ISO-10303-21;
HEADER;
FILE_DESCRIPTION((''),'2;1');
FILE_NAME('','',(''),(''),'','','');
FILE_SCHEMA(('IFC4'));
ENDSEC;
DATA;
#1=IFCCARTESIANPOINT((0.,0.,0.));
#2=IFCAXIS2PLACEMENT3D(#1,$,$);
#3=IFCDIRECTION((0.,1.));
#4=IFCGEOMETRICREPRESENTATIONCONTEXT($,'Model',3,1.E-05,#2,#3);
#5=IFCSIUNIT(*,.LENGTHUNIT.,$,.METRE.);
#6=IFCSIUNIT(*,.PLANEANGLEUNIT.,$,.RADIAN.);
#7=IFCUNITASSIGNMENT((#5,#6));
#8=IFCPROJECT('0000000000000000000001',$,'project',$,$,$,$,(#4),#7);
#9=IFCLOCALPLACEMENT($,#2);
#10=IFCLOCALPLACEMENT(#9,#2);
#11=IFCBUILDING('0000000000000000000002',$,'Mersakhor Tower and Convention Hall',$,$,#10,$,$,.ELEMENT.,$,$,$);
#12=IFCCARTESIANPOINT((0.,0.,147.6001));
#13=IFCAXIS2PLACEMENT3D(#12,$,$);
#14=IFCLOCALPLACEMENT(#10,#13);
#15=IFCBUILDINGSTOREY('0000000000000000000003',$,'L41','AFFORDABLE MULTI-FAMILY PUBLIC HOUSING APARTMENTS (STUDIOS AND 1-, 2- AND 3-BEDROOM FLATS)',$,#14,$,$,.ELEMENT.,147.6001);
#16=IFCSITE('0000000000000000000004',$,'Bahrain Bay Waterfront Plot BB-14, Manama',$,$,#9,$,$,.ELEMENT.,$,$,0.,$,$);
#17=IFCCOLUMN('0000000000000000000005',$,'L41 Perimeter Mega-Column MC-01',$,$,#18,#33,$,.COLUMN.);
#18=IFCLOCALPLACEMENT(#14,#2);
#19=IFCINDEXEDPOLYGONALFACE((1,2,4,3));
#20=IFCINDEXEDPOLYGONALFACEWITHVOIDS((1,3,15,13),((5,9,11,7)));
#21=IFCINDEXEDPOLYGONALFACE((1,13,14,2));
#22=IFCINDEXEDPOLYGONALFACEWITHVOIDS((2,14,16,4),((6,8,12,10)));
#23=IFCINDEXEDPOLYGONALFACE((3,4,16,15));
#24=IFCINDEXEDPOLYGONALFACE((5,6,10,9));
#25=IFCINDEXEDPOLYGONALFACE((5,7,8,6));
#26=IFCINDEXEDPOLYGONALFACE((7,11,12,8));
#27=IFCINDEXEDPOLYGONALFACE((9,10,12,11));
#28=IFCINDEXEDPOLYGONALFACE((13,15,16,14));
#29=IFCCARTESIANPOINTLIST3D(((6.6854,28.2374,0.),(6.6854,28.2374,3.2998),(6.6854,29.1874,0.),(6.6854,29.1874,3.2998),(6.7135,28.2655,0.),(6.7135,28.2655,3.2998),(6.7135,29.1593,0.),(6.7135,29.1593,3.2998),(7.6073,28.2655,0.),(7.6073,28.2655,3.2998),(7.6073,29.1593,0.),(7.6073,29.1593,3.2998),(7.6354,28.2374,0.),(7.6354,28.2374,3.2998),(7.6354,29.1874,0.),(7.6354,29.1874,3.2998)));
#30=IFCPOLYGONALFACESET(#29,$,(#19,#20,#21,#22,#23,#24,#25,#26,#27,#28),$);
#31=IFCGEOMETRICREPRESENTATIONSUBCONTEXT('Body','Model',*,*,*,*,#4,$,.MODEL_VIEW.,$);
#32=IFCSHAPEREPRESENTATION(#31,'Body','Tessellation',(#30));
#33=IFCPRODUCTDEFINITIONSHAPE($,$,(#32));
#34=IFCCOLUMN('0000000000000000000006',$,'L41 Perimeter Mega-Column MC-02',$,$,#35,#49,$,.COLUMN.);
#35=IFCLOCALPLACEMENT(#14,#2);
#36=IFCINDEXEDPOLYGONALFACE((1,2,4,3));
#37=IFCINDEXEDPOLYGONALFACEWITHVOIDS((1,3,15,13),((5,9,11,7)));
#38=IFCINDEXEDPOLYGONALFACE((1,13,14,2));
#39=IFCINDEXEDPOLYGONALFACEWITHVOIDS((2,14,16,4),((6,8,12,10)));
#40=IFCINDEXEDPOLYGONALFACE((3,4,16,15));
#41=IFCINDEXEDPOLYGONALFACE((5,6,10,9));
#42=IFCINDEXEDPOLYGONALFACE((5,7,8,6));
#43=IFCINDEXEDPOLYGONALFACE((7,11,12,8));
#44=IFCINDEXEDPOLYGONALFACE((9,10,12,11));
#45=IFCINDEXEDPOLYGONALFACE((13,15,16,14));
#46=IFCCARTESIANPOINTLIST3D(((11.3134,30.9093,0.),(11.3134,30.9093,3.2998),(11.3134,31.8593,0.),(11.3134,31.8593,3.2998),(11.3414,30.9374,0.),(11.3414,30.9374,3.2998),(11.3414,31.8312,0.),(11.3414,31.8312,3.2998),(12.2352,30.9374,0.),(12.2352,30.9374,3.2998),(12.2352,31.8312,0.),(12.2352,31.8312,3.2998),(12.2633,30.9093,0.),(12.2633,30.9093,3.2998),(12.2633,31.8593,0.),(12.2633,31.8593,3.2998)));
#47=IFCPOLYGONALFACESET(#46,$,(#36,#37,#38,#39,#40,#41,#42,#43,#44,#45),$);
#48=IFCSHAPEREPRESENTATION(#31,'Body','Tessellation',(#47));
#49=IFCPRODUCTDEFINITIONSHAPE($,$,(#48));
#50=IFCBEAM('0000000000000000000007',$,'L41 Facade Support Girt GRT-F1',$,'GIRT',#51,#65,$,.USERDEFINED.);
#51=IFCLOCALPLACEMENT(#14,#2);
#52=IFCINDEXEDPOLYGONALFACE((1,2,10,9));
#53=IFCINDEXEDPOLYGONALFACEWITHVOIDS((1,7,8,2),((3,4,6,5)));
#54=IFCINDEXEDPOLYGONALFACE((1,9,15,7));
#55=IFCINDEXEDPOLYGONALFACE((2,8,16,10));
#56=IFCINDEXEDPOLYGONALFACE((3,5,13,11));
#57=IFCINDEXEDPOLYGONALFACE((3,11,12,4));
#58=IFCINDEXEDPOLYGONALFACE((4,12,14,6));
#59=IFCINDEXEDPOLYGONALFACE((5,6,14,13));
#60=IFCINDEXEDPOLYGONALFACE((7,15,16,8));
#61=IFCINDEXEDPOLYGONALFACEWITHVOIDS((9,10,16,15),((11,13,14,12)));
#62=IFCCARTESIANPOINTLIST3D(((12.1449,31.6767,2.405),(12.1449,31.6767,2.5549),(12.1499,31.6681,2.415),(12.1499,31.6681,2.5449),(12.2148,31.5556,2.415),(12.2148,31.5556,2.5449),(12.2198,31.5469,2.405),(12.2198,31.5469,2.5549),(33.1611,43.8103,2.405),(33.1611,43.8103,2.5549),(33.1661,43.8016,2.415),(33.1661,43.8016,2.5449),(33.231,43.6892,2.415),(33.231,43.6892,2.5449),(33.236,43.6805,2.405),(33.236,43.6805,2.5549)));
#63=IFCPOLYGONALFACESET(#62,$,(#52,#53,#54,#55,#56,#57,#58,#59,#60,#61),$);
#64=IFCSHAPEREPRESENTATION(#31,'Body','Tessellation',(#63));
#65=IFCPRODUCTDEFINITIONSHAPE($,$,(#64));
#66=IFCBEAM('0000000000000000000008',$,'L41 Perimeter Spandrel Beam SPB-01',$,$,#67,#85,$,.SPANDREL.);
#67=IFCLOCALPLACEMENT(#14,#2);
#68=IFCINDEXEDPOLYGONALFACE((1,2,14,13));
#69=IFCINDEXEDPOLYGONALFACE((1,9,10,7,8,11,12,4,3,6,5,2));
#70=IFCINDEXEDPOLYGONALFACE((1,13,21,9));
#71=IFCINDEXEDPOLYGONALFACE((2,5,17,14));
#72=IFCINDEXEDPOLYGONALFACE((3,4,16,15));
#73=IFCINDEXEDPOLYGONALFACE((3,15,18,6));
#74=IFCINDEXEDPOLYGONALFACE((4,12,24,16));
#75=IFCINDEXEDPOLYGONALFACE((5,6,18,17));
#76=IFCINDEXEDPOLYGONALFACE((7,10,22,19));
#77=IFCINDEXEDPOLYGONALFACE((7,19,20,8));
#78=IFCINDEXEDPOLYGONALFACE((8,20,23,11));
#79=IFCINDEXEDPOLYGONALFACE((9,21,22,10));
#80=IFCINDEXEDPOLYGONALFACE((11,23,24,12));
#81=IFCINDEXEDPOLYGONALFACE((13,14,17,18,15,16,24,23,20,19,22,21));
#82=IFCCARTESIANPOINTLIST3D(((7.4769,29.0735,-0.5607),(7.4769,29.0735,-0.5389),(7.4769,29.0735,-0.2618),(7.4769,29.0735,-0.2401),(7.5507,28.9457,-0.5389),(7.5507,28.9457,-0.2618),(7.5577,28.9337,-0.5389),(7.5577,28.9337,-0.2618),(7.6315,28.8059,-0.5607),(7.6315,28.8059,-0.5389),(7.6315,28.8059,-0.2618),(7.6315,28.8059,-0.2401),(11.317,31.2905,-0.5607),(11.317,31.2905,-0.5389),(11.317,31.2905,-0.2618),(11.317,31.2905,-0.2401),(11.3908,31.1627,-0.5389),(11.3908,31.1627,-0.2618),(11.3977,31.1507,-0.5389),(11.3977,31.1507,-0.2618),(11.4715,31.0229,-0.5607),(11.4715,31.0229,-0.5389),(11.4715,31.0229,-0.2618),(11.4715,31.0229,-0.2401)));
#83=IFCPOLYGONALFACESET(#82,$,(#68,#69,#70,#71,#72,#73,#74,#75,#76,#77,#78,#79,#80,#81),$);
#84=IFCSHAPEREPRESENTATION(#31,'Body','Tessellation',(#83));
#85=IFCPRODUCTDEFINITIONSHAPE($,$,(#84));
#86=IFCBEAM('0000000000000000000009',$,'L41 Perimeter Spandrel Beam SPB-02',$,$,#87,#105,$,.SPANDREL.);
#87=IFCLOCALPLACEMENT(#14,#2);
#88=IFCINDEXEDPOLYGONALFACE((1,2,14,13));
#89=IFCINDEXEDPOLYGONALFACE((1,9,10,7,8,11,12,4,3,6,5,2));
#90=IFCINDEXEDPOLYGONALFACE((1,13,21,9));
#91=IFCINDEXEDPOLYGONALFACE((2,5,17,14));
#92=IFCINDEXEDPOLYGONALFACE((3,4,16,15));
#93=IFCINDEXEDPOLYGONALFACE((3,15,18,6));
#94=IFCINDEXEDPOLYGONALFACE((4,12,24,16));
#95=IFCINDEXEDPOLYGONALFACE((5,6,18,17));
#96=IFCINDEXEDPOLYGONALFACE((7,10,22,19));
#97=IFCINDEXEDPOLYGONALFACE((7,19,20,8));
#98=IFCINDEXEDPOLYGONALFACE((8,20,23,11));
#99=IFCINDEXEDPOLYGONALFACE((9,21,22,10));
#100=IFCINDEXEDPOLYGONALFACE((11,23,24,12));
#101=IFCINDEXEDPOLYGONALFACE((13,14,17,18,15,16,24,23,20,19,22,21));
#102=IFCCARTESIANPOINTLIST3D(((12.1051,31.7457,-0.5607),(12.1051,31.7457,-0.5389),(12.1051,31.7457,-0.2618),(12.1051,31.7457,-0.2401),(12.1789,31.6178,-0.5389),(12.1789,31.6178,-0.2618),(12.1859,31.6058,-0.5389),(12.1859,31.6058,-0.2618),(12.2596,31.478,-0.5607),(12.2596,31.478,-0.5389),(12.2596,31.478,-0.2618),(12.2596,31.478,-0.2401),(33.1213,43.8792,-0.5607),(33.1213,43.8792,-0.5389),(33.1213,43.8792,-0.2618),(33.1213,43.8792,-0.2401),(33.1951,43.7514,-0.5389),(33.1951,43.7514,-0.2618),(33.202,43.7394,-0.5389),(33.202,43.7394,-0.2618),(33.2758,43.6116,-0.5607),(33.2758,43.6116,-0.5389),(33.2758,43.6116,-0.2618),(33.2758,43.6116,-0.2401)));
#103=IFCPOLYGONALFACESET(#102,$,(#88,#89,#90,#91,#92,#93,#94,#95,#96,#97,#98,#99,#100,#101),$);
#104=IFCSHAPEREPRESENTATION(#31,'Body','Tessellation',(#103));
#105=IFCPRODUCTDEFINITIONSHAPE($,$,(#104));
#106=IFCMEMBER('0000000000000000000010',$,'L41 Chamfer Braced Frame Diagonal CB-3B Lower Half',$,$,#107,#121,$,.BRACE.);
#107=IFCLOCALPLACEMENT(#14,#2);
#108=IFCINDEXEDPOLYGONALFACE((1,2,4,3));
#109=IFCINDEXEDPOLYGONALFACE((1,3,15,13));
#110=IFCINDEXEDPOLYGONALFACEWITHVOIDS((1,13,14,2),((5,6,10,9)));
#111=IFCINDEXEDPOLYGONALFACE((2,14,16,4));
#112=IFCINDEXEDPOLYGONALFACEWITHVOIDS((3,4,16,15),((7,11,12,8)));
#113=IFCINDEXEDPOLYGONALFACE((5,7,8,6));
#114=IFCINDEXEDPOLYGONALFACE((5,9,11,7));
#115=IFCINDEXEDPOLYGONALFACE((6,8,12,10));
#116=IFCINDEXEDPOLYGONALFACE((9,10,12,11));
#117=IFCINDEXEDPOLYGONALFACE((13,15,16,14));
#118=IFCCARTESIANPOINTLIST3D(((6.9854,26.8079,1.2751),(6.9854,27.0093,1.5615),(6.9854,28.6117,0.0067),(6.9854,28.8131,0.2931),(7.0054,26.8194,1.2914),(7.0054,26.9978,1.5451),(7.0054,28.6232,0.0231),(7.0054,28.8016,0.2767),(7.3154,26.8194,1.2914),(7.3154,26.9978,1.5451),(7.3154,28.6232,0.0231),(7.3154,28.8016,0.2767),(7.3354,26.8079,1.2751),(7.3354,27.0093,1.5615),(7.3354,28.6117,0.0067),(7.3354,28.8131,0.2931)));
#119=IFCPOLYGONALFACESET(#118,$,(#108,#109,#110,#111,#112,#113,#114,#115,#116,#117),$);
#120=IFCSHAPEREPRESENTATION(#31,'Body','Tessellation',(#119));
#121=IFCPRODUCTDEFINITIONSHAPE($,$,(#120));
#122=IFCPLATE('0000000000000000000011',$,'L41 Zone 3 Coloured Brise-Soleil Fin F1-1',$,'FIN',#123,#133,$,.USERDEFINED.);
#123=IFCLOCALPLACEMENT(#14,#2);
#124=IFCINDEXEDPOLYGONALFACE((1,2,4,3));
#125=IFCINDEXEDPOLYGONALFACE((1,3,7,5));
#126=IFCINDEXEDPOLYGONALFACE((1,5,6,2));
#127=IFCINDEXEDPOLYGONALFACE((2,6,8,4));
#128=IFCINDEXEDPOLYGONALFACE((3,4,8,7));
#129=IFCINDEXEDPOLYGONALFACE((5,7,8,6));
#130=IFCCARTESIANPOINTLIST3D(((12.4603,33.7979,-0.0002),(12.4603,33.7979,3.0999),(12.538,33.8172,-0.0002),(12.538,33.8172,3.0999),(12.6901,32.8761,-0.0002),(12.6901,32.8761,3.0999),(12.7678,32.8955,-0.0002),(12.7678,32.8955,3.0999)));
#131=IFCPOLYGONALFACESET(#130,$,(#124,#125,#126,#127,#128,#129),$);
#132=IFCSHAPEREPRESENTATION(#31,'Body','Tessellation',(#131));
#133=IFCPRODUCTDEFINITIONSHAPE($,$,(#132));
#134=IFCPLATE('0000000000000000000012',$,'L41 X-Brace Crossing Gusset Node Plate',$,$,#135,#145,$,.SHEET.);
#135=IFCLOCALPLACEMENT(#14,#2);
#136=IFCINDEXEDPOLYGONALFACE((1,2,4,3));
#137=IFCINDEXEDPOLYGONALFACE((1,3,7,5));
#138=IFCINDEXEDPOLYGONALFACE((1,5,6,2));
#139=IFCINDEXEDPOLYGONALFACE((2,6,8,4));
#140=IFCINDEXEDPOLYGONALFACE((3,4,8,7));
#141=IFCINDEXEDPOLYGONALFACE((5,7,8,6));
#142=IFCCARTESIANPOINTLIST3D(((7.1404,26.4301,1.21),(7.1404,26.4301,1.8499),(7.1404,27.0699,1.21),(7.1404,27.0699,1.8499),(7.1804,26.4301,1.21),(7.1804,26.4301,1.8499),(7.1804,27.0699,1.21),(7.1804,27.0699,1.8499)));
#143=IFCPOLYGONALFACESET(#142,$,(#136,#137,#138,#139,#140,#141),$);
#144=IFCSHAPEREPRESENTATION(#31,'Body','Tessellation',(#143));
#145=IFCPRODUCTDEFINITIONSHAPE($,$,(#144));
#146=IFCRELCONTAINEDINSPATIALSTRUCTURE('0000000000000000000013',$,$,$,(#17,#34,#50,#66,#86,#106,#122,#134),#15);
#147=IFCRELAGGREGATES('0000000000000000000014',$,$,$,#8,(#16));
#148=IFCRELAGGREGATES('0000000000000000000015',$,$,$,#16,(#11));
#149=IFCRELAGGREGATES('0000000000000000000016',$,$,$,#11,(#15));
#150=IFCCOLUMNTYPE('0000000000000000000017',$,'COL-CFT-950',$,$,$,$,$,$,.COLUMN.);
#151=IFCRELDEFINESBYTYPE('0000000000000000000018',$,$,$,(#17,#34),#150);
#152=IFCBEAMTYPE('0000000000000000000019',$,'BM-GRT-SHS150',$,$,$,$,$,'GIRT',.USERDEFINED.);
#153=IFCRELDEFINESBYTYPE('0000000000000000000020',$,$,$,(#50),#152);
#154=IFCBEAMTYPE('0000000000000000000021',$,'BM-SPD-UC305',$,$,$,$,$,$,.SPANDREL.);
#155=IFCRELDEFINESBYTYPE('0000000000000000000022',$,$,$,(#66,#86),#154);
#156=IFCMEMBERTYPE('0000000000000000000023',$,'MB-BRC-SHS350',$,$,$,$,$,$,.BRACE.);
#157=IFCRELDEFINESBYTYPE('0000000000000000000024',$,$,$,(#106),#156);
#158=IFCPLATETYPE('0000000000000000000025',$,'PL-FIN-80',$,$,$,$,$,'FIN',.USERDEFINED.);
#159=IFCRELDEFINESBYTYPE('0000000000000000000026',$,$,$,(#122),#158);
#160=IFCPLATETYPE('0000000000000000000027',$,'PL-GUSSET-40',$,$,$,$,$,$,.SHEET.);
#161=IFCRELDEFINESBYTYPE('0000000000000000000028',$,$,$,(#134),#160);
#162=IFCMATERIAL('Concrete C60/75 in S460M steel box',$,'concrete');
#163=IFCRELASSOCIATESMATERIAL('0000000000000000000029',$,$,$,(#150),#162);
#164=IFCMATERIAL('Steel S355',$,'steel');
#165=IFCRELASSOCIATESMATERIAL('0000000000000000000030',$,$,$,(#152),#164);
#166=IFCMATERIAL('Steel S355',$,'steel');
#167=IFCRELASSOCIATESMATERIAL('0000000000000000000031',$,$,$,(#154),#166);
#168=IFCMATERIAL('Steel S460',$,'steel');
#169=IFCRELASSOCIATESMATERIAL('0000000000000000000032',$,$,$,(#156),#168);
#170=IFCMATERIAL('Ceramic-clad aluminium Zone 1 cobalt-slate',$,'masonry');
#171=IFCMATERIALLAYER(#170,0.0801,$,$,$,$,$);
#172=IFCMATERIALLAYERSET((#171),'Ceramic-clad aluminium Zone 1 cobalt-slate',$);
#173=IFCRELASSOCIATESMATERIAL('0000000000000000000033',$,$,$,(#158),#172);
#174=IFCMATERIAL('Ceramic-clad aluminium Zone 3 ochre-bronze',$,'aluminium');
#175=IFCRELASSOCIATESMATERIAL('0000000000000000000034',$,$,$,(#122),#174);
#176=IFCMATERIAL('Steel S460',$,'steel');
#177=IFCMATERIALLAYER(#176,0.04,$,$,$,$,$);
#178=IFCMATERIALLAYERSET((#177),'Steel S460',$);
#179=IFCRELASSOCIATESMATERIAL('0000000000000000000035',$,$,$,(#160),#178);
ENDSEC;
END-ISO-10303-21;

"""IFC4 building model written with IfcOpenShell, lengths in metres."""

from ifc_helpers import new_model, si_unit, direction, frame, origin, origin_2d, place, context, subcontext, project, spatial, rectangle, hollow_rectangle, i_section, extrude, material, layer, layer_set, material_profile, profile_set, type_object, element, save


model = new_model("IFC4")

# Units and contexts
model_context = context("Model", 3, precision=1e-05, world=origin(), true_north=direction((0.0, 1.0)))
body_context = subcontext(model_context, "Body", "Model", "MODEL_VIEW")
ifc_project = project(units=[si_unit("LENGTHUNIT", "METRE"), si_unit("PLANEANGLEUNIT", "RADIAN")], contexts=[model_context])

# Site, building, storey
site_placement = place(None, origin())
site = spatial("IfcSite", under=ifc_project, at=site_placement, Name="Bahrain Bay Waterfront Plot BB-14, Manama", CompositionType="ELEMENT", RefElevation=0.0)
building_placement = place(site_placement, origin())
building = spatial("IfcBuilding", under=site, at=building_placement, Name="Mersakhor Tower and Convention Hall", CompositionType="ELEMENT")
storey_placement = place(building_placement, frame((0.0, 0.0, 147.6001)))
storey = spatial("IfcBuildingStorey", under=building, at=storey_placement, Name="L41", Description="AFFORDABLE MULTI-FAMILY PUBLIC HOUSING APARTMENTS (STUDIOS AND 1-, 2- AND 3-BEDROOM FLATS)", CompositionType="ELEMENT", Elevation=147.6001)

# Columns
ifc_material_1 = material(Name="Concrete C60/75 in S460M steel box", Category="concrete")
ifc_material_profile_1 = material_profile(ifc_material_1, hollow_rectangle(XDim=0.95, YDim=0.95, WallThickness=0.0281, at=origin_2d()), Name="SHS 950x950x28")
ifc_profile_set_1 = profile_set([ifc_material_profile_1], Name="Concrete C60/75 in S460M steel box")
column_type = type_object("IfcColumnType", Name="COL-CFT-950", PredefinedType="COLUMN", material=ifc_profile_set_1)
for number, where, z_axis, x_axis, name in (
    (1, (7.1604, 28.7124, 0.0), (0.0, 0.0, 1.0), (1.0, 0.0, 0.0), "L41 Perimeter Mega-Column MC-01"),
    (2, (11.7883, 31.3843, 0.0), (0.0, 0.0, 1.0), (1.0, 0.0, 0.0), "L41 Perimeter Mega-Column MC-02"),
):
    element("IfcColumn", number, at=place(storey_placement, frame(where, z_axis=z_axis, x_axis=x_axis)), inside=storey, type_object=column_type, Name=name, PredefinedType="COLUMN", context=body_context, shape_type="SweptSolid", body=[
        extrude(hollow_rectangle(XDim=0.95, YDim=0.95, WallThickness=0.0281, at=origin_2d()), origin(), (0.0, 0.0, 1.0), 3.2998),
    ])

# Beams
ifc_material_2 = material(Name="Steel S355", Category="steel")
ifc_material_profile_2 = material_profile(ifc_material_2, hollow_rectangle(XDim=0.1499, YDim=0.1499, WallThickness=0.01, at=origin_2d()), Name="SHS 150x150x10")
ifc_profile_set_2 = profile_set([ifc_material_profile_2], Name="Steel S355")
beam_type_1 = type_object("IfcBeamType", Name="BM-GRT-SHS150", ElementType="GIRT", PredefinedType="USERDEFINED", material=ifc_profile_set_2)
beam_1_placement = place(storey_placement, frame((12.1824, 31.6118, 2.48), z_axis=(0.866027, 0.499996, 0.0), x_axis=(-0.499996, 0.866027, 0.0)))
element("IfcBeam", 3, at=beam_1_placement, inside=storey, type_object=beam_type_1, Name="L41 Facade Support Girt GRT-F1", ObjectType="GIRT", PredefinedType="USERDEFINED", context=body_context, shape_type="SweptSolid", body=[
    extrude(hollow_rectangle(XDim=0.1499, YDim=0.1499, WallThickness=0.01, at=origin_2d()), origin(), (0.0, 0.0, 1.0), 24.2673),
])
ifc_material_3 = material(Name="Steel S355", Category="steel")
ifc_material_profile_3 = material_profile(ifc_material_3, i_section(OverallWidth=0.3091, OverallDepth=0.3206, WebThickness=0.0139, FlangeThickness=0.0217, at=origin_2d()), Name="UC 305x305x137")
ifc_profile_set_3 = profile_set([ifc_material_profile_3], Name="Steel S355")
beam_type_2 = type_object("IfcBeamType", Name="BM-SPD-UC305", PredefinedType="SPANDREL", material=ifc_profile_set_3)
beam_2_placement = place(storey_placement, frame((7.5542, 28.9397, -0.4004), z_axis=(0.866029, 0.499994, 0.0), x_axis=(-0.499994, 0.866029, 0.0)))
element("IfcBeam", 4, at=beam_2_placement, inside=storey, type_object=beam_type_2, Name="L41 Perimeter Spandrel Beam SPB-01", PredefinedType="SPANDREL", context=body_context, shape_type="SweptSolid", body=[
    extrude(i_section(OverallWidth=0.3091, OverallDepth=0.3206, WebThickness=0.0139, FlangeThickness=0.0217, at=origin_2d()), origin(), (0.0, 0.0, 1.0), 4.4341),
])
beam_3_placement = place(storey_placement, frame((12.1824, 31.6118, -0.4004), z_axis=(0.866027, 0.499996, 0.0), x_axis=(-0.499996, 0.866027, 0.0)))
element("IfcBeam", 5, at=beam_3_placement, inside=storey, type_object=beam_type_2, Name="L41 Perimeter Spandrel Beam SPB-02", PredefinedType="SPANDREL", context=body_context, shape_type="SweptSolid", body=[
    extrude(i_section(OverallWidth=0.3091, OverallDepth=0.3206, WebThickness=0.0139, FlangeThickness=0.0217, at=origin_2d()), origin(), (0.0, 0.0, 1.0), 24.2673),
])

# Member
ifc_material_4 = material(Name="Steel S460", Category="steel")
ifc_material_profile_4 = material_profile(ifc_material_4, hollow_rectangle(XDim=0.3501, YDim=0.3501, WallThickness=0.02, at=origin_2d()), Name="SHS 350x350x20")
ifc_profile_set_4 = profile_set([ifc_material_profile_4], Name="Steel S460")
member_type = type_object("IfcMemberType", Name="MB-BRC-SHS350", PredefinedType="BRACE", material=ifc_profile_set_4)
member_placement = place(storey_placement, frame((7.1604, 28.7124, 0.1499), z_axis=(0.0, -0.818013, 0.5752), x_axis=(1.0, 0.0, 0.0)))
element("IfcMember", 6, at=member_placement, inside=storey, type_object=member_type, Name="L41 Chamfer Braced Frame Diagonal CB-3B Lower Half", PredefinedType="BRACE", context=body_context, shape_type="SweptSolid", body=[
    extrude(hollow_rectangle(XDim=0.3501, YDim=0.3501, WallThickness=0.02, at=origin_2d()), origin(), (0.0, 0.0, 1.0), 2.2051),
])

# Plates
ifc_material_5 = material(Name="Ceramic-clad aluminium Zone 3 ochre-bronze", Category="aluminium")
ifc_material_6 = material(Name="Ceramic-clad aluminium Zone 1 cobalt-slate", Category="masonry")
ifc_layer_1 = layer(ifc_material_6, 0.0801)
ifc_layer_set_1 = layer_set([ifc_layer_1], Name="Ceramic-clad aluminium Zone 1 cobalt-slate")
plate_type_1 = type_object("IfcPlateType", Name="PL-FIN-80", ElementType="FIN", PredefinedType="USERDEFINED", material=ifc_layer_set_1)
plate_1_placement = place(storey_placement, frame((12.614, 33.3467, -0.0002), z_axis=(0.0, 0.0, 1.0), x_axis=(-0.241922, 0.970296, 0.0)))
element("IfcPlate", 7, at=plate_1_placement, inside=storey, type_object=plate_type_1, material=ifc_material_5, Name="L41 Zone 3 Coloured Brise-Soleil Fin F1-1", ObjectType="FIN", PredefinedType="USERDEFINED", context=body_context, shape_type="SweptSolid", body=[
    extrude(rectangle(XDim=0.95, YDim=0.0801, at=origin_2d()), origin(), (0.0, 0.0, 1.0), 3.1001),
])
ifc_material_7 = material(Name="Steel S460", Category="steel")
ifc_layer_2 = layer(ifc_material_7, 0.04)
ifc_layer_set_2 = layer_set([ifc_layer_2], Name="Steel S460")
plate_type_2 = type_object("IfcPlateType", Name="PL-GUSSET-40", PredefinedType="SHEET", material=ifc_layer_set_2)
plate_2_placement = place(storey_placement, frame((7.1604, 26.75, 1.21), z_axis=(0.0, 0.0, 1.0), x_axis=(0.0, -1.0, 0.0)))
element("IfcPlate", 8, at=plate_2_placement, inside=storey, type_object=plate_type_2, Name="L41 X-Brace Crossing Gusset Node Plate", PredefinedType="SHEET", context=body_context, shape_type="SweptSolid", body=[
    extrude(rectangle(XDim=0.6399, YDim=0.04, at=origin_2d()), origin(), (0.0, 0.0, 1.0), 0.6399),
])

save(model, "model.ifc")
